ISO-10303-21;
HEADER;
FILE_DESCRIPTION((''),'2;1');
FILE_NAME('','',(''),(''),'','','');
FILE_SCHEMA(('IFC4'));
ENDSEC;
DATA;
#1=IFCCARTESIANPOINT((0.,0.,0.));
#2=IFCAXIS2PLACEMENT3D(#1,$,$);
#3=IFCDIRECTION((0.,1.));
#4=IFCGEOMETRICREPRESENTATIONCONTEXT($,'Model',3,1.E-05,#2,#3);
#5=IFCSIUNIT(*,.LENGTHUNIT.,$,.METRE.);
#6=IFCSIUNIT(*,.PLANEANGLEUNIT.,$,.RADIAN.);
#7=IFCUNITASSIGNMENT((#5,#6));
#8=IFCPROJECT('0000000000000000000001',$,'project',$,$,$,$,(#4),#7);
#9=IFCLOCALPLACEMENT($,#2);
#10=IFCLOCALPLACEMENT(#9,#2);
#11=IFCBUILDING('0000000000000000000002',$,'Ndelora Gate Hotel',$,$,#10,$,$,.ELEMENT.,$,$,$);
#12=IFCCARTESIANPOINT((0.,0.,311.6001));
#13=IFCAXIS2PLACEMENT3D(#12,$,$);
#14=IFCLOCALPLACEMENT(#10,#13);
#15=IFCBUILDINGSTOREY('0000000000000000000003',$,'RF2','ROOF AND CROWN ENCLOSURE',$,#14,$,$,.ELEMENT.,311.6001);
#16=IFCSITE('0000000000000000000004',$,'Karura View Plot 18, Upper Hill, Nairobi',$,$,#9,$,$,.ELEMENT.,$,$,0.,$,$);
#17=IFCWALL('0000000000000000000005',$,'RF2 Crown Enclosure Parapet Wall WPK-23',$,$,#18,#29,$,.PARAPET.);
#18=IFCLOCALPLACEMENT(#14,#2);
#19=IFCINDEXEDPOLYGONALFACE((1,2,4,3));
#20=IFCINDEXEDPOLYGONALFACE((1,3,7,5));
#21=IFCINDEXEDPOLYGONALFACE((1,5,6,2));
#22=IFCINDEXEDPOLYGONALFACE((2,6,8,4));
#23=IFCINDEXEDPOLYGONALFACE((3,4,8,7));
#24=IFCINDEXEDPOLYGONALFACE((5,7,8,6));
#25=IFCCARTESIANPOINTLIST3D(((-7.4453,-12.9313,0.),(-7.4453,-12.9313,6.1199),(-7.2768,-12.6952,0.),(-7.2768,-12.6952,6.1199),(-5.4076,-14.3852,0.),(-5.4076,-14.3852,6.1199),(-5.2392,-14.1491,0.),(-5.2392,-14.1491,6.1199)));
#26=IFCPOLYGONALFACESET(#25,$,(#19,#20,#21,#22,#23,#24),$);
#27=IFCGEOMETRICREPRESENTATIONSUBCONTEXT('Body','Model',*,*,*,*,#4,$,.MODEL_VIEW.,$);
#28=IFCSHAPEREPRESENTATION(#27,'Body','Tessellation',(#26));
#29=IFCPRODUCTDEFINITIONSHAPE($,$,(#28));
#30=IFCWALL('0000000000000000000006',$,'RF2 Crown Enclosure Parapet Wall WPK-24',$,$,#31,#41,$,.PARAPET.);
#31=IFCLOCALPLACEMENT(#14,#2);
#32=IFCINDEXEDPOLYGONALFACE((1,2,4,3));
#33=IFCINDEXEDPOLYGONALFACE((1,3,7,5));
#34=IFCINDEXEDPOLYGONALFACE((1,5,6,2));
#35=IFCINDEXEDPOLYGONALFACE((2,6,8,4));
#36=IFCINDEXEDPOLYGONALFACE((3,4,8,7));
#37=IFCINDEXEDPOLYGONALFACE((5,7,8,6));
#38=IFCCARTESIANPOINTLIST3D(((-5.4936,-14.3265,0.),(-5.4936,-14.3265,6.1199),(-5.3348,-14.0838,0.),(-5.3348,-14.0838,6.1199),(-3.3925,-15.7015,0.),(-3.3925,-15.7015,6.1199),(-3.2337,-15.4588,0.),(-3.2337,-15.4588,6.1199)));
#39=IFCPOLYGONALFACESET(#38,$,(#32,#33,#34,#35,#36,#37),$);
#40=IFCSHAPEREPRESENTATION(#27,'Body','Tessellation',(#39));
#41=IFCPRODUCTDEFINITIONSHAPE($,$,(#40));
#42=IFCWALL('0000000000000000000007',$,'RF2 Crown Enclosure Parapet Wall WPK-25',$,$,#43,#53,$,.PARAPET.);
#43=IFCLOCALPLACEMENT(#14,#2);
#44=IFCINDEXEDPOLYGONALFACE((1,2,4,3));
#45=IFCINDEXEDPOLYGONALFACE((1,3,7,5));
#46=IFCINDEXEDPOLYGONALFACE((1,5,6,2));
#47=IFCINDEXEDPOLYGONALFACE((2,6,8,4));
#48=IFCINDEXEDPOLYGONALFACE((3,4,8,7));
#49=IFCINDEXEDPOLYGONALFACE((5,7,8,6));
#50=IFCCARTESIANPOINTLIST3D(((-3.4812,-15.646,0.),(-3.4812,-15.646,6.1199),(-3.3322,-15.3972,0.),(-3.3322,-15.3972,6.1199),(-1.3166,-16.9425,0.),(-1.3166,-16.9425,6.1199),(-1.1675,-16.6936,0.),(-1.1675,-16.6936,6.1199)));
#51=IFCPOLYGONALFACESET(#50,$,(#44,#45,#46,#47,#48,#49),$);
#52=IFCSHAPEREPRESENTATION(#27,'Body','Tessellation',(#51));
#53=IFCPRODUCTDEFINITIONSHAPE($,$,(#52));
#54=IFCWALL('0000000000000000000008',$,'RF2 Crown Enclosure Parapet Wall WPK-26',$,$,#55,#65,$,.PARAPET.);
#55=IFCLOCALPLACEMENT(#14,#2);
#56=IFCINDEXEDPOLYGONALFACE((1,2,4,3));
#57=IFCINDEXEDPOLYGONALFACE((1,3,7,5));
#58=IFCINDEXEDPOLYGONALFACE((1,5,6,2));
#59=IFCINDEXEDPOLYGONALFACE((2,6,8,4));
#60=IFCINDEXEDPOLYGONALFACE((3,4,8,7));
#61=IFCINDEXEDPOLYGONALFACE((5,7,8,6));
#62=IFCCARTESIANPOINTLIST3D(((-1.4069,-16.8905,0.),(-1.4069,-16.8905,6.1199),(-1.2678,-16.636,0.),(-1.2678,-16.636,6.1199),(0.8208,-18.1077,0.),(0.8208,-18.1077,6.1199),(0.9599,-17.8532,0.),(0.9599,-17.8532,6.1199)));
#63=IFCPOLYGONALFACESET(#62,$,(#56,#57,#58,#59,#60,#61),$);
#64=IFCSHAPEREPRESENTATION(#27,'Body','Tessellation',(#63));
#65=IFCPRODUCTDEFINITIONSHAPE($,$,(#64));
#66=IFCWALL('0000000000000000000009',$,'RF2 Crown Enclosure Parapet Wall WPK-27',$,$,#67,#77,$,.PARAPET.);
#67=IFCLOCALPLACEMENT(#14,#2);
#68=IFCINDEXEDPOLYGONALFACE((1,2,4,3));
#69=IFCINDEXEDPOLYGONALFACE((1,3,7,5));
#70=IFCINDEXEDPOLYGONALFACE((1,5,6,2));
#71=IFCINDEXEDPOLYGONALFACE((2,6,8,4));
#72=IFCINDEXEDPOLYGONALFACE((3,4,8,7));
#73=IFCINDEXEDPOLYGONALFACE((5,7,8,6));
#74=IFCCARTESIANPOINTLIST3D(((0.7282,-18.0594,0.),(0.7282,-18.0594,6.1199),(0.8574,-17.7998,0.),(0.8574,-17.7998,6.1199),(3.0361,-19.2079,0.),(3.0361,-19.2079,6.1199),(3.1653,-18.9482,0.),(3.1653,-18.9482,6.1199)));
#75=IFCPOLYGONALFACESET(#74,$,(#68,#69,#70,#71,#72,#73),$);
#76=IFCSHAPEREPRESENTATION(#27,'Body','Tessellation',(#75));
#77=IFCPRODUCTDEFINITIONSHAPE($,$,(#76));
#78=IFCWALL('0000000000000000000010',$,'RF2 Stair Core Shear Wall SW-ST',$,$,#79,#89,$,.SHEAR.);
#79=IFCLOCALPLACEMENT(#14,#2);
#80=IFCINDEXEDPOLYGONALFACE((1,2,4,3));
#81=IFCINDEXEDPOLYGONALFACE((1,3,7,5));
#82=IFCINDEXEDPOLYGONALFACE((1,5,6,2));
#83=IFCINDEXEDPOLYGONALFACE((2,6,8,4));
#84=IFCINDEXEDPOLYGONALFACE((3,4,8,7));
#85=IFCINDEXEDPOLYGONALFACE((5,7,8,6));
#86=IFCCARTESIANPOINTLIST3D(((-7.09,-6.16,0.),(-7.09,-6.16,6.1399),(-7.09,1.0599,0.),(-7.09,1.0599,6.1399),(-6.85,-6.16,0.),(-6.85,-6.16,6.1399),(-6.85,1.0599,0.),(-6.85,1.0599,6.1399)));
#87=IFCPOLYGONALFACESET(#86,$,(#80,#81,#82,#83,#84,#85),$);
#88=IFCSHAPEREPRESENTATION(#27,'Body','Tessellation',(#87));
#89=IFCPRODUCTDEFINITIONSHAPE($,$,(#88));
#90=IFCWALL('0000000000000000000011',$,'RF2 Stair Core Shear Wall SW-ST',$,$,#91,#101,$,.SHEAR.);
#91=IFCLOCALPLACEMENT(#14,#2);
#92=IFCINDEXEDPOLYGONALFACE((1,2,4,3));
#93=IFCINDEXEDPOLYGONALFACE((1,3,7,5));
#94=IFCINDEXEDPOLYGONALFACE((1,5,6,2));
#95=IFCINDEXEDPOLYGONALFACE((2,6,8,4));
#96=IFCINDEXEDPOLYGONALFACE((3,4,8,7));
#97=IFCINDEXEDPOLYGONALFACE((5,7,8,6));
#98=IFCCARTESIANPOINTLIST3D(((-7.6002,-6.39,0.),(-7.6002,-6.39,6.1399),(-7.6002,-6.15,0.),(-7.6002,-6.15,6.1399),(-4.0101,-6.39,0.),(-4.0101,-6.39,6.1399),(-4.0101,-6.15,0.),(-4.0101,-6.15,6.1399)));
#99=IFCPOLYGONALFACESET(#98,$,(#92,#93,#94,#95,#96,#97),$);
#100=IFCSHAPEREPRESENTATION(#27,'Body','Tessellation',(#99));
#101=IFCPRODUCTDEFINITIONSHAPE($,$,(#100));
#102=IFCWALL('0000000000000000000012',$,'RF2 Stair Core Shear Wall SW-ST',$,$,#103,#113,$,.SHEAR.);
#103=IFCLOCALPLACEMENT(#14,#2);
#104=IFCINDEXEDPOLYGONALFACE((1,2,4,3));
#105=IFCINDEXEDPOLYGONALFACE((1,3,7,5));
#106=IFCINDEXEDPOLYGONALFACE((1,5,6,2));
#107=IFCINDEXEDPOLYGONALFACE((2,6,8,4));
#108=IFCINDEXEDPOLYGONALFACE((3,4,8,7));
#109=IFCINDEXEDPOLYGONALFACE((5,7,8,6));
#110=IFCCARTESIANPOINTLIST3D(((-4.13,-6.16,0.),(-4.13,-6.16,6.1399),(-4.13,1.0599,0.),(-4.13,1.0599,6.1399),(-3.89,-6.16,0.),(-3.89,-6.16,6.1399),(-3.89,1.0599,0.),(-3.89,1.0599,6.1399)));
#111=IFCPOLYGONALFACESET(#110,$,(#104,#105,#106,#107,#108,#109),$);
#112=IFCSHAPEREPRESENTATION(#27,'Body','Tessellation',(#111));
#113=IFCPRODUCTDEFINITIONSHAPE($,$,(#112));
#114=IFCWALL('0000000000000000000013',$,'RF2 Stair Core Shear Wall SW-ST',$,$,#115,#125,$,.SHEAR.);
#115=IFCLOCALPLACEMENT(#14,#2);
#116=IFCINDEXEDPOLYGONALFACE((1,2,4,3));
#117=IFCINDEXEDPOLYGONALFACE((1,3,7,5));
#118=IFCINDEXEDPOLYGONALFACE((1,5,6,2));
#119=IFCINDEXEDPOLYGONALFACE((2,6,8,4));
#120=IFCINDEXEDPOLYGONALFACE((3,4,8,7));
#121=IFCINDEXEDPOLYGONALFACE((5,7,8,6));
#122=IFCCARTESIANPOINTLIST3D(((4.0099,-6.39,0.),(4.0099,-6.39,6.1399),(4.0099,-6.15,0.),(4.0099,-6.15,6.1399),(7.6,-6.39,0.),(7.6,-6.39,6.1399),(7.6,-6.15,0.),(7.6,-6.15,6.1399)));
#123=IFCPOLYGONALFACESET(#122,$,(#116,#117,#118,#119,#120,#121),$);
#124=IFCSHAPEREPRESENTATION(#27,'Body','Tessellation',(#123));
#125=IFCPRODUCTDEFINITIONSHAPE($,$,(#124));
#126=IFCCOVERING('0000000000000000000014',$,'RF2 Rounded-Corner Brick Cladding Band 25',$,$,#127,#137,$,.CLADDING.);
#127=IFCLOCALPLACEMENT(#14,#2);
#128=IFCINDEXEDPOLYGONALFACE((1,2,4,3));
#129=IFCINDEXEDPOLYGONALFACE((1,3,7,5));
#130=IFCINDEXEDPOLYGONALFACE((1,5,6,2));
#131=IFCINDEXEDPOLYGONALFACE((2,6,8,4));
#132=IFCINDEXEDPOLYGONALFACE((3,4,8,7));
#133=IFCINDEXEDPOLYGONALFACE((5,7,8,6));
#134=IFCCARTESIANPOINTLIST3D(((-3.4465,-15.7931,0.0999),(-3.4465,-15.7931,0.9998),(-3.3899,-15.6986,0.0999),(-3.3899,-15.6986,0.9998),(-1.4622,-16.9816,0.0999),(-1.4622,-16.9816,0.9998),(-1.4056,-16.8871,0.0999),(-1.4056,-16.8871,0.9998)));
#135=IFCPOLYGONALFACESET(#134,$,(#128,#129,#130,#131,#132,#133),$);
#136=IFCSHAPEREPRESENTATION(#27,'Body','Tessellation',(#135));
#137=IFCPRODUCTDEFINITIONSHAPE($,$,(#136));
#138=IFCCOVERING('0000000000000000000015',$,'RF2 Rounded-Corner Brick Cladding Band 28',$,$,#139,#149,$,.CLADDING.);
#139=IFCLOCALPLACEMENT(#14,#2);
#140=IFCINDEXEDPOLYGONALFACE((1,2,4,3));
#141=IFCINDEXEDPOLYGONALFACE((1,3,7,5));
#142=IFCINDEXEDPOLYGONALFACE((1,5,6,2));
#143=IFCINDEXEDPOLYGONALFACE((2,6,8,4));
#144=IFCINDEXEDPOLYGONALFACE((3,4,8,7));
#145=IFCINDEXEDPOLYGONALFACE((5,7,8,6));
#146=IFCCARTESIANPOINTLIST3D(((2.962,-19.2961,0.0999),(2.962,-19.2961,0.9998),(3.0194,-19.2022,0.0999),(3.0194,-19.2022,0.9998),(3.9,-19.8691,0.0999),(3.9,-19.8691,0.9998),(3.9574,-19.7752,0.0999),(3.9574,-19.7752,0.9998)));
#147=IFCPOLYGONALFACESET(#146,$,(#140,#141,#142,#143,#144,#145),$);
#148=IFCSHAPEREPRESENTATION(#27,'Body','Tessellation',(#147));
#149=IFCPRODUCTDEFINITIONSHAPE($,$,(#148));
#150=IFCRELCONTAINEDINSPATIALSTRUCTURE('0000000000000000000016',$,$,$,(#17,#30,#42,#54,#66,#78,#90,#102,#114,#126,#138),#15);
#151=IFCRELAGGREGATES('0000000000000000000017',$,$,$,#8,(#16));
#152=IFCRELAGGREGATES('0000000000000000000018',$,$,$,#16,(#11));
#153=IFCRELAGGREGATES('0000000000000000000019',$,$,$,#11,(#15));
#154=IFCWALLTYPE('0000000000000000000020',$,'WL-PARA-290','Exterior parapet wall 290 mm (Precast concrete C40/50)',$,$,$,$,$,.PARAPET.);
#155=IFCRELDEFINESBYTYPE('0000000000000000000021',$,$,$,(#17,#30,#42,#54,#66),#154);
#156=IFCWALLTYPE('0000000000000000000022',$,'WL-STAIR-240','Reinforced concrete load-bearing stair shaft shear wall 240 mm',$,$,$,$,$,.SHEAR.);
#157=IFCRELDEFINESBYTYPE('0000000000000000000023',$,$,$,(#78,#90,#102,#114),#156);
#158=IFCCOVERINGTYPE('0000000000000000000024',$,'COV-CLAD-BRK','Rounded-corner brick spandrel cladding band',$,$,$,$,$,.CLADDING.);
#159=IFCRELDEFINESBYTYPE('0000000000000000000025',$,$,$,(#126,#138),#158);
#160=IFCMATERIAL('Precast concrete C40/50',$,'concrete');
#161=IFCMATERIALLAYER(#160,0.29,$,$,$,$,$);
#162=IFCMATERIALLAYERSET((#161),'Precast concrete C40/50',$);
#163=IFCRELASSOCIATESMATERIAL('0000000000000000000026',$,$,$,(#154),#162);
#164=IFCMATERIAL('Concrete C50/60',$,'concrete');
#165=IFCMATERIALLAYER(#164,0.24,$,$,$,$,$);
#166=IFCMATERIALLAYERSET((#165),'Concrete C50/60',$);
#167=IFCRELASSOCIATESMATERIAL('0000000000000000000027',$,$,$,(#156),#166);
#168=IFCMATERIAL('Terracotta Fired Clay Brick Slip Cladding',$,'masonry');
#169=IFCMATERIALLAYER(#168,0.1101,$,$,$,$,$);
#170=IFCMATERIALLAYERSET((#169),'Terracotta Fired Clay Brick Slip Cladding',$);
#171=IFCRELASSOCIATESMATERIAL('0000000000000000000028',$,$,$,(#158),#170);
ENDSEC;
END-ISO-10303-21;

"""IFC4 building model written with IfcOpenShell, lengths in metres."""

from ifc_helpers import new_model, si_unit, direction, frame, frame_2d, origin, origin_2d, place, context, subcontext, project, spatial, rectangle, extrude, material, layer, layer_set, type_object, element, save


model = new_model("IFC4")

# Units and contexts
model_context = context("Model", 3, precision=1e-05, world=origin(), true_north=direction((0.0, 1.0)))
body_context = subcontext(model_context, "Body", "Model", "MODEL_VIEW")
ifc_project = project(units=[si_unit("LENGTHUNIT", "METRE"), si_unit("PLANEANGLEUNIT", "RADIAN")], contexts=[model_context])

# Site, building, storey
site_placement = place(None, origin())
site = spatial("IfcSite", under=ifc_project, at=site_placement, Name="Karura View Plot 18, Upper Hill, Nairobi", CompositionType="ELEMENT", RefElevation=0.0)
building_placement = place(site_placement, origin())
building = spatial("IfcBuilding", under=site, at=building_placement, Name="Ndelora Gate Hotel", CompositionType="ELEMENT")
storey_placement = place(building_placement, frame((0.0, 0.0, 311.6001)))
storey = spatial("IfcBuildingStorey", under=building, at=storey_placement, Name="RF2", Description="ROOF AND CROWN ENCLOSURE", CompositionType="ELEMENT", Elevation=311.6001)

# Shared definitions
ifc_material_1 = material(Name="Concrete C50/60", Category="concrete")

# Shared definitions
ifc_material_2 = material(Name="Precast concrete C40/50", Category="concrete")

# Walls
ifc_layer_1 = layer(ifc_material_2, 0.29)
ifc_layer_set_1 = layer_set([ifc_layer_1], Name="Precast concrete C40/50")
wall_type_1 = type_object("IfcWallType", Name="WL-PARA-290", Description="Exterior parapet wall 290 mm (Precast concrete C40/50)", PredefinedType="PARAPET", material=ifc_layer_set_1)
wall_1_placement = place(storey_placement, frame((-5.3235, -14.2671, 0.0), z_axis=(0.0, 0.0, 1.0), x_axis=(-0.81403, 0.580823, 0.0)))
element("IfcWall", 1, at=wall_1_placement, inside=storey, type_object=wall_type_1, Name="RF2 Crown Enclosure Parapet Wall WPK-23", PredefinedType="PARAPET", context=body_context, shape_type="SweptSolid", body=[
    extrude(rectangle(XDim=2.5032, YDim=0.29, at=frame_2d((1.2515, 0.0))), origin(), (0.0, 0.0, 1.0), 6.1199),
])
wall_2_placement = place(storey_placement, frame((-3.3132, -15.5801, 0.0), z_axis=(0.0, 0.0, 1.0), x_axis=(-0.836747, 0.54759, 0.0)))
element("IfcWall", 2, at=wall_2_placement, inside=storey, type_object=wall_type_1, Name="RF2 Crown Enclosure Parapet Wall WPK-24", PredefinedType="PARAPET", context=body_context, shape_type="SweptSolid", body=[
    extrude(rectangle(XDim=2.511, YDim=0.29, at=frame_2d((1.2554, 0.0))), origin(), (0.0, 0.0, 1.0), 6.1199),
])
wall_3_placement = place(storey_placement, frame((-1.2419, -16.8181, 0.0), z_axis=(0.0, 0.0, 1.0), x_axis=(-0.857902, 0.513813, 0.0)))
element("IfcWall", 3, at=wall_3_placement, inside=storey, type_object=wall_type_1, Name="RF2 Crown Enclosure Parapet Wall WPK-25", PredefinedType="PARAPET", context=body_context, shape_type="SweptSolid", body=[
    extrude(rectangle(XDim=2.5232, YDim=0.29, at=frame_2d((1.2617, 0.0))), origin(), (0.0, 0.0, 1.0), 6.1199),
])
wall_4_placement = place(storey_placement, frame((0.8904, -17.9805, 0.0), z_axis=(0.0, 0.0, 1.0), x_axis=(-0.877543, 0.479499, 0.0)))
element("IfcWall", 4, at=wall_4_placement, inside=storey, type_object=wall_type_1, Name="RF2 Crown Enclosure Parapet Wall WPK-26", PredefinedType="PARAPET", context=body_context, shape_type="SweptSolid", body=[
    extrude(rectangle(XDim=2.5386, YDim=0.29, at=frame_2d((1.2693, 0.0))), origin(), (0.0, 0.0, 1.0), 6.1199),
])
wall_5_placement = place(storey_placement, frame((3.1008, -19.0781, 0.0), z_axis=(0.0, 0.0, 1.0), x_axis=(-0.895278, 0.445508, 0.0)))
element("IfcWall", 5, at=wall_5_placement, inside=storey, type_object=wall_type_1, Name="RF2 Crown Enclosure Parapet Wall WPK-27", PredefinedType="PARAPET", context=body_context, shape_type="SweptSolid", body=[
    extrude(rectangle(XDim=2.5779, YDim=0.29, at=frame_2d((1.2891, 0.0))), origin(), (0.0, 0.0, 1.0), 6.1199),
])
ifc_layer_2 = layer(ifc_material_1, 0.24)
ifc_layer_set_2 = layer_set([ifc_layer_2], Name="Concrete C50/60")
wall_type_2 = type_object("IfcWallType", Name="WL-STAIR-240", Description="Reinforced concrete load-bearing stair shaft shear wall 240 mm", PredefinedType="SHEAR", material=ifc_layer_set_2)
wall_6_placement = place(storey_placement, frame((-6.97, -6.1599, 0.0), z_axis=(0.0, 0.0, 1.0), x_axis=(0.0, 1.0, 0.0)))
element("IfcWall", 6, at=wall_6_placement, inside=storey, type_object=wall_type_2, Name="RF2 Stair Core Shear Wall SW-ST", PredefinedType="SHEAR", context=body_context, shape_type="SweptSolid", body=[
    extrude(rectangle(XDim=7.22, YDim=0.24, at=frame_2d((3.6099, 0.0))), origin(), (0.0, 0.0, 1.0), 6.1399),
])
wall_7_placement = place(storey_placement, frame((-7.6001, -6.27, 0.0), z_axis=(0.0, 0.0, 1.0), x_axis=(1.0, 0.0, 0.0)))
element("IfcWall", 7, at=wall_7_placement, inside=storey, type_object=wall_type_2, Name="RF2 Stair Core Shear Wall SW-ST", PredefinedType="SHEAR", context=body_context, shape_type="SweptSolid", body=[
    extrude(rectangle(XDim=3.5901, YDim=0.24, at=frame_2d((1.7949, 0.0))), origin(), (0.0, 0.0, 1.0), 6.1399),
])
wall_8_placement = place(storey_placement, frame((-4.01, -6.1599, 0.0), z_axis=(0.0, 0.0, 1.0), x_axis=(0.0, 1.0, 0.0)))
element("IfcWall", 8, at=wall_8_placement, inside=storey, type_object=wall_type_2, Name="RF2 Stair Core Shear Wall SW-ST", PredefinedType="SHEAR", context=body_context, shape_type="SweptSolid", body=[
    extrude(rectangle(XDim=7.22, YDim=0.24, at=frame_2d((3.6099, 0.0))), origin(), (0.0, 0.0, 1.0), 6.1399),
])
wall_9_placement = place(storey_placement, frame((4.01, -6.27, 0.0), z_axis=(0.0, 0.0, 1.0), x_axis=(1.0, 0.0, 0.0)))
element("IfcWall", 9, at=wall_9_placement, inside=storey, type_object=wall_type_2, Name="RF2 Stair Core Shear Wall SW-ST", PredefinedType="SHEAR", context=body_context, shape_type="SweptSolid", body=[
    extrude(rectangle(XDim=3.5901, YDim=0.24, at=frame_2d((1.7949, 0.0))), origin(), (0.0, 0.0, 1.0), 6.1399),
])

# Coverings
ifc_material_3 = material(Name="Terracotta Fired Clay Brick Slip Cladding", Category="masonry")
ifc_layer_3 = layer(ifc_material_3, 0.1101)
ifc_layer_set_3 = layer_set([ifc_layer_3], Name="Terracotta Fired Clay Brick Slip Cladding")
covering_type = type_object("IfcCoveringType", Name="COV-CLAD-BRK", Description="Rounded-corner brick spandrel cladding band", PredefinedType="CLADDING", material=ifc_layer_set_3)
covering_1_placement = place(storey_placement, frame((-2.426, -16.3401, 0.0999), z_axis=(0.0, 0.0, 1.0), x_axis=(-0.857886, 0.513841, 0.0)))
element("IfcCovering", 10, at=covering_1_placement, inside=storey, type_object=covering_type, Name="RF2 Rounded-Corner Brick Cladding Band 25", PredefinedType="CLADDING", context=body_context, shape_type="SweptSolid", body=[
    extrude(rectangle(XDim=2.313, YDim=0.1101, at=origin_2d()), origin(), (0.0, 0.0, 1.0), 0.8999),
])
covering_2_placement = place(storey_placement, frame((3.4597, -19.5356, 0.0999), z_axis=(0.0, 0.0, 1.0), x_axis=(-0.853369, 0.521308, 0.0)))
element("IfcCovering", 11, at=covering_2_placement, inside=storey, type_object=covering_type, Name="RF2 Rounded-Corner Brick Cladding Band 28", PredefinedType="CLADDING", context=body_context, shape_type="SweptSolid", body=[
    extrude(rectangle(XDim=1.0991, YDim=0.1101, at=origin_2d()), origin(), (0.0, 0.0, 1.0), 0.8999),
])

save(model, "model.ifc")
